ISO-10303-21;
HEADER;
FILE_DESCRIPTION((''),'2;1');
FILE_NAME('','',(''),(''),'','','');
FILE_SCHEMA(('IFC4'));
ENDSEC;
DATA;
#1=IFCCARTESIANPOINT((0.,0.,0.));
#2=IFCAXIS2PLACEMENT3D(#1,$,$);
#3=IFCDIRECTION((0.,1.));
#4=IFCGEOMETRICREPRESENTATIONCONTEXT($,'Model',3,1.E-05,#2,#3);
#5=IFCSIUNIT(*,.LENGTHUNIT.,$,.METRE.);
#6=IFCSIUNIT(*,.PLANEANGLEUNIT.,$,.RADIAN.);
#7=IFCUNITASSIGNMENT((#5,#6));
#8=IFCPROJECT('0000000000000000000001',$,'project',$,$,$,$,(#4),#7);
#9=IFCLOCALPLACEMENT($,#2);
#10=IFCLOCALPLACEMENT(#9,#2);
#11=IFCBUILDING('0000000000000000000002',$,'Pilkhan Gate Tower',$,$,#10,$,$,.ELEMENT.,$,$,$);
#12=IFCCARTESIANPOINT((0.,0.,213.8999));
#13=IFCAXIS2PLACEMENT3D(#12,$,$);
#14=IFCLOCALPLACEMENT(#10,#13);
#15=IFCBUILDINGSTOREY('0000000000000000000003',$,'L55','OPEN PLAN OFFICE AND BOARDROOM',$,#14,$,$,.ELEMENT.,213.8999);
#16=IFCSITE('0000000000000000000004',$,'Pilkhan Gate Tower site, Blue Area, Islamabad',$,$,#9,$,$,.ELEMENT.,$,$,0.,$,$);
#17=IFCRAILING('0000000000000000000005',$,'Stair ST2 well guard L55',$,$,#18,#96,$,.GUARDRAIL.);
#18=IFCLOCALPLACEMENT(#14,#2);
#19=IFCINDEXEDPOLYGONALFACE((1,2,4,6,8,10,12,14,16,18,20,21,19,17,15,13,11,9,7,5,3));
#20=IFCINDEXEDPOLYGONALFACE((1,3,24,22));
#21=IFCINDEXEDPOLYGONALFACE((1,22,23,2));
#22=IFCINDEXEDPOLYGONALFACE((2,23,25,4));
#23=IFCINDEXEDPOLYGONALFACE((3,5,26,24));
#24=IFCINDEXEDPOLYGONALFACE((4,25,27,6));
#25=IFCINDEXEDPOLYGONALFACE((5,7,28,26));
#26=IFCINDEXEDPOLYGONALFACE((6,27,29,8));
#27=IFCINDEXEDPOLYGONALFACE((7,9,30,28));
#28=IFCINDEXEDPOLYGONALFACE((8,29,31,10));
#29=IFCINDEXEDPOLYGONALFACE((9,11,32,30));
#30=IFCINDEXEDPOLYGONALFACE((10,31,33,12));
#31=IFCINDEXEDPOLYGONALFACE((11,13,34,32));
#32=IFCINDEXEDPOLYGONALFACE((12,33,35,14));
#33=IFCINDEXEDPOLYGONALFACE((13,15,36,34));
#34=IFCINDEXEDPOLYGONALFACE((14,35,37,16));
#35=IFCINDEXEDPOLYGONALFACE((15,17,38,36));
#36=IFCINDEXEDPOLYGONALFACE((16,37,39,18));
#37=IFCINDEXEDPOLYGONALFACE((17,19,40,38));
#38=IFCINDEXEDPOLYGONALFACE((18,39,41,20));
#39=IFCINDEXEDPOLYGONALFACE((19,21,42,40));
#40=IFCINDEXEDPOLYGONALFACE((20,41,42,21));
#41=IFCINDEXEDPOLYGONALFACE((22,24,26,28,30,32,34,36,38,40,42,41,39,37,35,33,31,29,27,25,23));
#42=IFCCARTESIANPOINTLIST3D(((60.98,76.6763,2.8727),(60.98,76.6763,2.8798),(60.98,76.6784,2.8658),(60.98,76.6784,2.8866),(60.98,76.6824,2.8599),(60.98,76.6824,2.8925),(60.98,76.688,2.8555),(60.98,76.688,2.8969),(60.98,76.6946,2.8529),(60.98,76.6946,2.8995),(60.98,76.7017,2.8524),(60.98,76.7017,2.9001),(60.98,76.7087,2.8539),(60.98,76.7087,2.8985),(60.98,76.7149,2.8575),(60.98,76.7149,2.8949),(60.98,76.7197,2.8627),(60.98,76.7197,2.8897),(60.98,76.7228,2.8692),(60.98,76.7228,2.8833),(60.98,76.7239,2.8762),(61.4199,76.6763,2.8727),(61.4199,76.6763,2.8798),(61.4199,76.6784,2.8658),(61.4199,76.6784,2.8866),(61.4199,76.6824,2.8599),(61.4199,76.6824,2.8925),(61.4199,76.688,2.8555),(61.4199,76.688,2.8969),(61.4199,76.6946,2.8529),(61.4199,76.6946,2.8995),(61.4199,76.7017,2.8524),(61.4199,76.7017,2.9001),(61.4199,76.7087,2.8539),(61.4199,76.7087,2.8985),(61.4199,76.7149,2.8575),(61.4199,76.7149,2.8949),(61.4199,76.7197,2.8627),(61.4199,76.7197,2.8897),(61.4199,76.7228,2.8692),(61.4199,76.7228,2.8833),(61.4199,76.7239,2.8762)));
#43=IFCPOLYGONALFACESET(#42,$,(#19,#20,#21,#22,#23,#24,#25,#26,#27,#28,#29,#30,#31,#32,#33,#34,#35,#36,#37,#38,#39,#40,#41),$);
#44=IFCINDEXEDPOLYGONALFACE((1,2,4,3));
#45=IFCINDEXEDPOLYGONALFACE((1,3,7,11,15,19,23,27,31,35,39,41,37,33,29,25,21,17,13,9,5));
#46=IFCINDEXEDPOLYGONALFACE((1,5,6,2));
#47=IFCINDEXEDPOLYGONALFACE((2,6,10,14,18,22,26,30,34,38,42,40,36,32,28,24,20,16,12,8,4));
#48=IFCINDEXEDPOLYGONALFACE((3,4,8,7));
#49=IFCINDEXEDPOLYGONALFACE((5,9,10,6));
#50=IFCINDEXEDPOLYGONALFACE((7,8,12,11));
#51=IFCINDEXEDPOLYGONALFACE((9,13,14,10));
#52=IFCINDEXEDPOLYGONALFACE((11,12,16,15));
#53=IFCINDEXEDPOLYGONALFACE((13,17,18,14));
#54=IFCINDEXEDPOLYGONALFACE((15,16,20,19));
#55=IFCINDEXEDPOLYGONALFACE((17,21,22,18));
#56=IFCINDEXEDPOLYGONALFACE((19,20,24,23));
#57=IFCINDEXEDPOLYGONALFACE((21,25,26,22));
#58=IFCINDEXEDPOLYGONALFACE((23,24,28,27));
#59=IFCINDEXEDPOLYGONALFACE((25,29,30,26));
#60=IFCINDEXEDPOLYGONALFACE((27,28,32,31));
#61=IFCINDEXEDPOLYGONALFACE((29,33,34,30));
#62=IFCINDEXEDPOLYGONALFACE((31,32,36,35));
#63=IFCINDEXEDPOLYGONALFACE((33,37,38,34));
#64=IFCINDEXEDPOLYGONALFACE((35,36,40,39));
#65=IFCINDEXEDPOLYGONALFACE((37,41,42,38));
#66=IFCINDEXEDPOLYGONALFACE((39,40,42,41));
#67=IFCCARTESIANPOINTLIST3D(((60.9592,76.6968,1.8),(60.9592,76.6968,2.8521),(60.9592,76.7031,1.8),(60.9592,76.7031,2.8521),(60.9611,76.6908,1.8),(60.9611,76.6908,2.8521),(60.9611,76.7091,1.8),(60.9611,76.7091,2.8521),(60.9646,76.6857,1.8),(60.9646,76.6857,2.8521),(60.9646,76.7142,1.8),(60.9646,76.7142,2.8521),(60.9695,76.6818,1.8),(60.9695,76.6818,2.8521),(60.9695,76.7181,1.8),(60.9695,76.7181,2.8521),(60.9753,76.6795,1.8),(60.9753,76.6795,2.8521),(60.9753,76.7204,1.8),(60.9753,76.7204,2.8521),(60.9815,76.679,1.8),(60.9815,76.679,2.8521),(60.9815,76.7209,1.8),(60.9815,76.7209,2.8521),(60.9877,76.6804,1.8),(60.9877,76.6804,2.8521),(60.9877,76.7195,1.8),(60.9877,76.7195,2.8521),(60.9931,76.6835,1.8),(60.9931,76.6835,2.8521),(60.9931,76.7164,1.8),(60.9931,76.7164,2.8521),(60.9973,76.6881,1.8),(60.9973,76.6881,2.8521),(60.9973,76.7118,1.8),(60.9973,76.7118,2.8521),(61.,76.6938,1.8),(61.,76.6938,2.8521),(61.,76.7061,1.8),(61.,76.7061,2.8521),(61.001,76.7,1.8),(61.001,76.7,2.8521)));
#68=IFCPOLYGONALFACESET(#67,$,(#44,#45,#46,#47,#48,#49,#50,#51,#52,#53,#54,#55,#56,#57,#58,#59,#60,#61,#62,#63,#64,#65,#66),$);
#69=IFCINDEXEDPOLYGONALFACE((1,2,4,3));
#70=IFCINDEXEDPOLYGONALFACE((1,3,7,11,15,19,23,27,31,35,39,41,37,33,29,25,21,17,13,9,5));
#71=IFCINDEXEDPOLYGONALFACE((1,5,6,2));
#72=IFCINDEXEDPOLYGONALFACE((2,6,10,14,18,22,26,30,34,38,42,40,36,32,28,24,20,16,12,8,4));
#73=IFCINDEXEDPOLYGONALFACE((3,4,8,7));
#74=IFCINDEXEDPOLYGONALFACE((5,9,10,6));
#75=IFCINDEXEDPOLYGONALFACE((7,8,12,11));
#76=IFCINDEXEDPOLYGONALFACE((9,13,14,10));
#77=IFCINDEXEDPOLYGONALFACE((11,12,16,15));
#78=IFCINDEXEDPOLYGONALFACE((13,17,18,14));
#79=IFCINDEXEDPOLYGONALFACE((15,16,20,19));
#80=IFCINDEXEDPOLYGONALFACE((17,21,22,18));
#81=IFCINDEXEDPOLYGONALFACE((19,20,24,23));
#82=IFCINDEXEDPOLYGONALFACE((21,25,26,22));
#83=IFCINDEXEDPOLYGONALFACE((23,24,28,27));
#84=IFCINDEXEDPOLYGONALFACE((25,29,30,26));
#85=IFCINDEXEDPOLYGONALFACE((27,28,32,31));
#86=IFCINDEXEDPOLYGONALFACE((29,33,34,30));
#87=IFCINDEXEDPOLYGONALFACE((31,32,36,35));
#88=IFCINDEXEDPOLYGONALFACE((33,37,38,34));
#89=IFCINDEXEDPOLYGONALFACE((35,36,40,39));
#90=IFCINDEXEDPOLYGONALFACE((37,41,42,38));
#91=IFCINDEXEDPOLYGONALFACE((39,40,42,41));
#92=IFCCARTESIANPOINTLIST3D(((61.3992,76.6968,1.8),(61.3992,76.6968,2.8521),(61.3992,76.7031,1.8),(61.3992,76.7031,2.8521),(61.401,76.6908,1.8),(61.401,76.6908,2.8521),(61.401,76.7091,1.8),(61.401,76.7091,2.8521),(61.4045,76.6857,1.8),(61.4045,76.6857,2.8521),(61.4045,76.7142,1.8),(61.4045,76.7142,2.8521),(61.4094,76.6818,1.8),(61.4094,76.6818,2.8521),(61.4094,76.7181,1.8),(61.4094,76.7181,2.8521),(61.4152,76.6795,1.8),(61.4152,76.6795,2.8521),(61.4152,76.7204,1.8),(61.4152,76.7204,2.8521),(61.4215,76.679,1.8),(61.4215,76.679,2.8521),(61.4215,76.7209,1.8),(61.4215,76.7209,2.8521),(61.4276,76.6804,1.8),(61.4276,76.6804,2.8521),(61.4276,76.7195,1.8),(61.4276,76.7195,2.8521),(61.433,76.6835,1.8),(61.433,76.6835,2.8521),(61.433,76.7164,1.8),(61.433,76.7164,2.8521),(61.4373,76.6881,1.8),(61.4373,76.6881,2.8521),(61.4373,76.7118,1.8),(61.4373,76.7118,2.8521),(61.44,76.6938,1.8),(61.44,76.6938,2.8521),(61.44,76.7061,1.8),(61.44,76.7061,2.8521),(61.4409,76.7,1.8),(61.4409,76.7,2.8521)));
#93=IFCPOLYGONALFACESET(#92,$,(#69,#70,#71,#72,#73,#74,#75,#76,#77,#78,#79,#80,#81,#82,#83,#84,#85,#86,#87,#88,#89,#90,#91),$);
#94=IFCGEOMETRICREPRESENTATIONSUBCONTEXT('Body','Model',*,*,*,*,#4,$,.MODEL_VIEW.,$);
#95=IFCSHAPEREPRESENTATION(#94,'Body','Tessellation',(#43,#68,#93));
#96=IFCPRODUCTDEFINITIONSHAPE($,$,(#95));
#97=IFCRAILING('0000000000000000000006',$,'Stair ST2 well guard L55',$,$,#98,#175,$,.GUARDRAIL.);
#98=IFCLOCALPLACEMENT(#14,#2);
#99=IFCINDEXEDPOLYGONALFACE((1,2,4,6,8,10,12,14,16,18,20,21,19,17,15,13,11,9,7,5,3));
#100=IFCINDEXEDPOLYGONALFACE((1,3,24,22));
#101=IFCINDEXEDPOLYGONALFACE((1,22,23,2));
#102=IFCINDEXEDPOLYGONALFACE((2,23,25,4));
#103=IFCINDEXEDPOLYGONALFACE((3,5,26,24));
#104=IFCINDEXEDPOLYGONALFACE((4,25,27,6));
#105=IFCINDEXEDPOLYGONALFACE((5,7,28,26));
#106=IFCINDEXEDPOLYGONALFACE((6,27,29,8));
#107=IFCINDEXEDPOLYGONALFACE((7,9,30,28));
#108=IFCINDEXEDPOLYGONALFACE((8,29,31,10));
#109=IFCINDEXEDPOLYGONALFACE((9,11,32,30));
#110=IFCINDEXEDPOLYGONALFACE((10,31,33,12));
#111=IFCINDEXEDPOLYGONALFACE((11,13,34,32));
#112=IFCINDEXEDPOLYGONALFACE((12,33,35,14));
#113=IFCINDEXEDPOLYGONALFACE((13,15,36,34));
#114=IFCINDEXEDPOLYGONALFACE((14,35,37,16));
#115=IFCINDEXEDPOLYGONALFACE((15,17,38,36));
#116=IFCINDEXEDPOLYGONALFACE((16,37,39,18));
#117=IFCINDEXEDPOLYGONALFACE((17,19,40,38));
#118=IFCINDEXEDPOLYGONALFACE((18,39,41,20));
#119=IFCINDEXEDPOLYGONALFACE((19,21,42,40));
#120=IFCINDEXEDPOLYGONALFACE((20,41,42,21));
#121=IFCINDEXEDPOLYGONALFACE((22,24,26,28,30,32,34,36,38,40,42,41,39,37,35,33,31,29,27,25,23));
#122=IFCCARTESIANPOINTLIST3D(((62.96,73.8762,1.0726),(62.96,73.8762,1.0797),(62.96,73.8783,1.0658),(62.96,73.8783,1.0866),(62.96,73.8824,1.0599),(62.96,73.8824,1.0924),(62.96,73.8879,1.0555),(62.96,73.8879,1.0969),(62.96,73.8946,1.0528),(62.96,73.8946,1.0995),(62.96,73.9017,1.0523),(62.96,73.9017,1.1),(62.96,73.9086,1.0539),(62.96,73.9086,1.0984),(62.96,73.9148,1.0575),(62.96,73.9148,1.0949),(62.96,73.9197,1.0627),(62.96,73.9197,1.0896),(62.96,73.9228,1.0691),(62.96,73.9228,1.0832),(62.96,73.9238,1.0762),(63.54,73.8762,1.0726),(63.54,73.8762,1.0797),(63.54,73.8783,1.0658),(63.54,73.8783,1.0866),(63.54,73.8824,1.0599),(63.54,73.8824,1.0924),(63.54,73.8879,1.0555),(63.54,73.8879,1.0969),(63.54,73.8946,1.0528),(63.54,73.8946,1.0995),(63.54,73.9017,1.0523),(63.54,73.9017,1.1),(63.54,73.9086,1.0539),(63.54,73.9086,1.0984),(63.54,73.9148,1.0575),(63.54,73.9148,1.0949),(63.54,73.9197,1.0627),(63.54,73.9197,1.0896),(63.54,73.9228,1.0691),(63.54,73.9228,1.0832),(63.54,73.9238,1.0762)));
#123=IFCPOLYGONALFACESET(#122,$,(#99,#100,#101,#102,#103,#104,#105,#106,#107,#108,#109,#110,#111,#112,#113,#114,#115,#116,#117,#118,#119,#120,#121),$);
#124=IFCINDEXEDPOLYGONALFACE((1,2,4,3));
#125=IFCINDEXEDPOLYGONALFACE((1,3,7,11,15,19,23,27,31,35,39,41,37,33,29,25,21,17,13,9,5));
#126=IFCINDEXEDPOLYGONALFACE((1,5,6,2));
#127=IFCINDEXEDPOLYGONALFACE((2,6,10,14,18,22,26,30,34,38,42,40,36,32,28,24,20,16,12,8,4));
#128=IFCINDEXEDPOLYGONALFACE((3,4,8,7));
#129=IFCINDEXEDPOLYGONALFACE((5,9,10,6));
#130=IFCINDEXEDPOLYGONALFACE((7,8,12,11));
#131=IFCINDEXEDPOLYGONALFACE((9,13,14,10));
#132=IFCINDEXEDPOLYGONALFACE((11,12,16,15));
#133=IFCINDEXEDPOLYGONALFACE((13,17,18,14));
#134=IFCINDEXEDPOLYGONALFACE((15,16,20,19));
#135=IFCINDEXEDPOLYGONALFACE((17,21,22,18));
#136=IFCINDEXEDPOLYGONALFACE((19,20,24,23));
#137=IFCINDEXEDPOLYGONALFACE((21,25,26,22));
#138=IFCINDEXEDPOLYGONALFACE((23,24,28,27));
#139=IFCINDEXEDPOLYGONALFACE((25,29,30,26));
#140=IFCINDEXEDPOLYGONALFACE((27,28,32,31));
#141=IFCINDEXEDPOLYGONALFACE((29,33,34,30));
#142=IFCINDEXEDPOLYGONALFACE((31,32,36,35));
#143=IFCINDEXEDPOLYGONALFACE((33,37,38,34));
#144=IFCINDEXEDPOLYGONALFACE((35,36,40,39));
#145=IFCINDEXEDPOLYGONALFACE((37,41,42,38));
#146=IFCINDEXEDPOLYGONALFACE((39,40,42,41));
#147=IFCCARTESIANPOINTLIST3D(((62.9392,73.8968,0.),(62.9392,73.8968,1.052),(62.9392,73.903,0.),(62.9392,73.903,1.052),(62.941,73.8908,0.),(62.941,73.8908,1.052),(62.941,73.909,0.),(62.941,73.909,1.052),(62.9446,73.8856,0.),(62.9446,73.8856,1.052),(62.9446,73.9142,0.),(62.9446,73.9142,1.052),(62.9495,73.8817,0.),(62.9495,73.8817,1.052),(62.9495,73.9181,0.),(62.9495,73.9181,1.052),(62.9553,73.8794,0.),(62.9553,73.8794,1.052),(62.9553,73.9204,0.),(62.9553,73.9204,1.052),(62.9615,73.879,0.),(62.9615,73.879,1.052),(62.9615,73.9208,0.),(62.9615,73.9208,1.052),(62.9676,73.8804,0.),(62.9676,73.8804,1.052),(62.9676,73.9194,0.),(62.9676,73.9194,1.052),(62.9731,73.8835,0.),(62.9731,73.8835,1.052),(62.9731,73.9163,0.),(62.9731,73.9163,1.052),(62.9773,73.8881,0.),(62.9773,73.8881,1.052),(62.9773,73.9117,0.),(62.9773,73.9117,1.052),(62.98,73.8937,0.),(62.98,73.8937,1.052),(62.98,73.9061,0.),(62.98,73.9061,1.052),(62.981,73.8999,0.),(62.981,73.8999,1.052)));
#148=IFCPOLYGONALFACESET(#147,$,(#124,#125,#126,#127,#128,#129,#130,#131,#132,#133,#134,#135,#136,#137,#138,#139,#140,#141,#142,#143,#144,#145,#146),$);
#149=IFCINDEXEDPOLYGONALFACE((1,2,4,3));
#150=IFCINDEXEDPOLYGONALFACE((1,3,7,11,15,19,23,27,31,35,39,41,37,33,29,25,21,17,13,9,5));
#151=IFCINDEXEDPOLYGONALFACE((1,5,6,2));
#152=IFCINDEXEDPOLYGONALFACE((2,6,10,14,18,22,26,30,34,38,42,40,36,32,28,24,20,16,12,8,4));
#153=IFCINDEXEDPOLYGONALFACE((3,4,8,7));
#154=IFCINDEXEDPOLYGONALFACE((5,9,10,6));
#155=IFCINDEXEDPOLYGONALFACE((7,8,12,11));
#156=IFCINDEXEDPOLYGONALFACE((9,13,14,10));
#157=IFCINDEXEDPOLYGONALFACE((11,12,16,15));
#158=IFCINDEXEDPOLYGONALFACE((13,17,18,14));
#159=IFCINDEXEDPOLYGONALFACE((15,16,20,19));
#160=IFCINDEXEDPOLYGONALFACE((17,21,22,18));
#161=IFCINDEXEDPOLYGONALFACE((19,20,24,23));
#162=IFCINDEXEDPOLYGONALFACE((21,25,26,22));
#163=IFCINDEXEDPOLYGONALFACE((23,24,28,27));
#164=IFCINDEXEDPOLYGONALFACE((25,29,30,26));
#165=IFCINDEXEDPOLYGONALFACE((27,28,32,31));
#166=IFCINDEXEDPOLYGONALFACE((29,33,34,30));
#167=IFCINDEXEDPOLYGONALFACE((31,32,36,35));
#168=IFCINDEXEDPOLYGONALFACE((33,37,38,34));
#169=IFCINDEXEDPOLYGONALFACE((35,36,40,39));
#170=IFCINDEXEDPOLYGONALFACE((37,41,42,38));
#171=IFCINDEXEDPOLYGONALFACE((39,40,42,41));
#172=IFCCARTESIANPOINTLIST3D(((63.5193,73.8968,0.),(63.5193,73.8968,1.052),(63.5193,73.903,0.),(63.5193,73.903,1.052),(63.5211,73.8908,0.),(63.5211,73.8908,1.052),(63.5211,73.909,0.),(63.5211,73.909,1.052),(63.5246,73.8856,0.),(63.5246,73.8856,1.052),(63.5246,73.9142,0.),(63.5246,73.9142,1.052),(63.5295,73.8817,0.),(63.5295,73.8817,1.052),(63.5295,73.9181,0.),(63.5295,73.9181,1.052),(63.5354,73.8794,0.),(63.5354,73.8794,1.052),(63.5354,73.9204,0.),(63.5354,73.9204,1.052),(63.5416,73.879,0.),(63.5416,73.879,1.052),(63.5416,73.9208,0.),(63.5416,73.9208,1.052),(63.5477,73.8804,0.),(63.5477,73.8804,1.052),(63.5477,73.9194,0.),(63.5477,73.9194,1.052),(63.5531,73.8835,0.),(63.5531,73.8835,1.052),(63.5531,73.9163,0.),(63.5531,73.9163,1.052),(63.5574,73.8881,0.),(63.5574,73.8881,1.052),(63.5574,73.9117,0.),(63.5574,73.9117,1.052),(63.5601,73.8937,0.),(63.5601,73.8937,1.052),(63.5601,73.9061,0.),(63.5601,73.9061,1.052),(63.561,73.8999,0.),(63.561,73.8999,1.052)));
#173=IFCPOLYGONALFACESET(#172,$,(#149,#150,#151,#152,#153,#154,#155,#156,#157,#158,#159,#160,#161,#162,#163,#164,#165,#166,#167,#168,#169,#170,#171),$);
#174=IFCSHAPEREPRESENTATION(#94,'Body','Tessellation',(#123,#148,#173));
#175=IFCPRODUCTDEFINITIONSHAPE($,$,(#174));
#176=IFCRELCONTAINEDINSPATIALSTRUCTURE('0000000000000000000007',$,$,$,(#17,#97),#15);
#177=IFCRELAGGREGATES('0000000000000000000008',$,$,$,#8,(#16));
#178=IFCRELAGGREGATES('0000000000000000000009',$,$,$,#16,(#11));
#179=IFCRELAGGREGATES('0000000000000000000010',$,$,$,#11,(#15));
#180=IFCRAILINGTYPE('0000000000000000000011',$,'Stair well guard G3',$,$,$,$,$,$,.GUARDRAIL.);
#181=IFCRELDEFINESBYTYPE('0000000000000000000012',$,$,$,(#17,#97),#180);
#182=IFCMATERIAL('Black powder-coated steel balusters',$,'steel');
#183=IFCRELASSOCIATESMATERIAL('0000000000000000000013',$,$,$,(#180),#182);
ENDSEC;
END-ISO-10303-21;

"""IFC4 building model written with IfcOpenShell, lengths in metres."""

from ifc_helpers import new_model, si_unit, direction, frame, origin, origin_2d, place, context, subcontext, project, spatial, circle, extrude, material, type_object, element, save


model = new_model("IFC4")

# Units and contexts
model_context = context("Model", 3, precision=1e-05, world=origin(), true_north=direction((0.0, 1.0)))
body_context = subcontext(model_context, "Body", "Model", "MODEL_VIEW")
ifc_project = project(units=[si_unit("LENGTHUNIT", "METRE"), si_unit("PLANEANGLEUNIT", "RADIAN")], contexts=[model_context])

# Site, building, storey
site_placement = place(None, origin())
site = spatial("IfcSite", under=ifc_project, at=site_placement, Name="Pilkhan Gate Tower site, Blue Area, Islamabad", CompositionType="ELEMENT", RefElevation=0.0)
building_placement = place(site_placement, origin())
building = spatial("IfcBuilding", under=site, at=building_placement, Name="Pilkhan Gate Tower", CompositionType="ELEMENT")
storey_placement = place(building_placement, frame((0.0, 0.0, 213.8999)))
storey = spatial("IfcBuildingStorey", under=building, at=storey_placement, Name="L55", Description="OPEN PLAN OFFICE AND BOARDROOM", CompositionType="ELEMENT", Elevation=213.8999)

# Railings
ifc_material_1 = material(Name="Black powder-coated steel balusters", Category="steel")
railing_type_1 = type_object("IfcRailingType", Name="Stair well guard G3", PredefinedType="GUARDRAIL", material=ifc_material_1)
railing_1_placement = place(storey_placement, frame((60.98, 76.7, 1.8)))
element("IfcRailing", 1, at=railing_1_placement, inside=storey, type_object=railing_type_1, Name="Stair ST2 well guard L55", PredefinedType="GUARDRAIL", context=body_context, shape_type="SweptSolid", body=[
    extrude(circle(Radius=0.0239, at=origin_2d()), frame((0.0, 0.0, 1.0762), z_axis=(1.0, 0.0, 0.0), x_axis=(0.0, 1.0, 0.0)), (0.0, 0.0, 1.0), 0.4399),
    extrude(circle(Radius=0.021, at=origin_2d()), origin(), (0.0, 0.0, 1.0), 1.052),
    extrude(circle(Radius=0.021, at=origin_2d()), frame((0.4399, 0.0, 0.0)), (0.0, 0.0, 1.0), 1.052),
])
for number, where, name in (
    (2, (62.96, 73.8999, 0.0), "Stair ST2 well guard L55"),
):
    element("IfcRailing", number, at=place(storey_placement, frame(where)), inside=storey, type_object=railing_type_1, Name=name, PredefinedType="GUARDRAIL", context=body_context, shape_type="SweptSolid", body=[
        extrude(circle(Radius=0.0239, at=origin_2d()), frame((0.0, 0.0, 1.0762), z_axis=(1.0, 0.0, 0.0), x_axis=(0.0, 1.0, 0.0)), (0.0, 0.0, 1.0), 0.5801),
        extrude(circle(Radius=0.021, at=origin_2d()), origin(), (0.0, 0.0, 1.0), 1.052),
        extrude(circle(Radius=0.021, at=origin_2d()), frame((0.5801, 0.0, 0.0)), (0.0, 0.0, 1.0), 1.052),
    ])

save(model, "model.ifc")
